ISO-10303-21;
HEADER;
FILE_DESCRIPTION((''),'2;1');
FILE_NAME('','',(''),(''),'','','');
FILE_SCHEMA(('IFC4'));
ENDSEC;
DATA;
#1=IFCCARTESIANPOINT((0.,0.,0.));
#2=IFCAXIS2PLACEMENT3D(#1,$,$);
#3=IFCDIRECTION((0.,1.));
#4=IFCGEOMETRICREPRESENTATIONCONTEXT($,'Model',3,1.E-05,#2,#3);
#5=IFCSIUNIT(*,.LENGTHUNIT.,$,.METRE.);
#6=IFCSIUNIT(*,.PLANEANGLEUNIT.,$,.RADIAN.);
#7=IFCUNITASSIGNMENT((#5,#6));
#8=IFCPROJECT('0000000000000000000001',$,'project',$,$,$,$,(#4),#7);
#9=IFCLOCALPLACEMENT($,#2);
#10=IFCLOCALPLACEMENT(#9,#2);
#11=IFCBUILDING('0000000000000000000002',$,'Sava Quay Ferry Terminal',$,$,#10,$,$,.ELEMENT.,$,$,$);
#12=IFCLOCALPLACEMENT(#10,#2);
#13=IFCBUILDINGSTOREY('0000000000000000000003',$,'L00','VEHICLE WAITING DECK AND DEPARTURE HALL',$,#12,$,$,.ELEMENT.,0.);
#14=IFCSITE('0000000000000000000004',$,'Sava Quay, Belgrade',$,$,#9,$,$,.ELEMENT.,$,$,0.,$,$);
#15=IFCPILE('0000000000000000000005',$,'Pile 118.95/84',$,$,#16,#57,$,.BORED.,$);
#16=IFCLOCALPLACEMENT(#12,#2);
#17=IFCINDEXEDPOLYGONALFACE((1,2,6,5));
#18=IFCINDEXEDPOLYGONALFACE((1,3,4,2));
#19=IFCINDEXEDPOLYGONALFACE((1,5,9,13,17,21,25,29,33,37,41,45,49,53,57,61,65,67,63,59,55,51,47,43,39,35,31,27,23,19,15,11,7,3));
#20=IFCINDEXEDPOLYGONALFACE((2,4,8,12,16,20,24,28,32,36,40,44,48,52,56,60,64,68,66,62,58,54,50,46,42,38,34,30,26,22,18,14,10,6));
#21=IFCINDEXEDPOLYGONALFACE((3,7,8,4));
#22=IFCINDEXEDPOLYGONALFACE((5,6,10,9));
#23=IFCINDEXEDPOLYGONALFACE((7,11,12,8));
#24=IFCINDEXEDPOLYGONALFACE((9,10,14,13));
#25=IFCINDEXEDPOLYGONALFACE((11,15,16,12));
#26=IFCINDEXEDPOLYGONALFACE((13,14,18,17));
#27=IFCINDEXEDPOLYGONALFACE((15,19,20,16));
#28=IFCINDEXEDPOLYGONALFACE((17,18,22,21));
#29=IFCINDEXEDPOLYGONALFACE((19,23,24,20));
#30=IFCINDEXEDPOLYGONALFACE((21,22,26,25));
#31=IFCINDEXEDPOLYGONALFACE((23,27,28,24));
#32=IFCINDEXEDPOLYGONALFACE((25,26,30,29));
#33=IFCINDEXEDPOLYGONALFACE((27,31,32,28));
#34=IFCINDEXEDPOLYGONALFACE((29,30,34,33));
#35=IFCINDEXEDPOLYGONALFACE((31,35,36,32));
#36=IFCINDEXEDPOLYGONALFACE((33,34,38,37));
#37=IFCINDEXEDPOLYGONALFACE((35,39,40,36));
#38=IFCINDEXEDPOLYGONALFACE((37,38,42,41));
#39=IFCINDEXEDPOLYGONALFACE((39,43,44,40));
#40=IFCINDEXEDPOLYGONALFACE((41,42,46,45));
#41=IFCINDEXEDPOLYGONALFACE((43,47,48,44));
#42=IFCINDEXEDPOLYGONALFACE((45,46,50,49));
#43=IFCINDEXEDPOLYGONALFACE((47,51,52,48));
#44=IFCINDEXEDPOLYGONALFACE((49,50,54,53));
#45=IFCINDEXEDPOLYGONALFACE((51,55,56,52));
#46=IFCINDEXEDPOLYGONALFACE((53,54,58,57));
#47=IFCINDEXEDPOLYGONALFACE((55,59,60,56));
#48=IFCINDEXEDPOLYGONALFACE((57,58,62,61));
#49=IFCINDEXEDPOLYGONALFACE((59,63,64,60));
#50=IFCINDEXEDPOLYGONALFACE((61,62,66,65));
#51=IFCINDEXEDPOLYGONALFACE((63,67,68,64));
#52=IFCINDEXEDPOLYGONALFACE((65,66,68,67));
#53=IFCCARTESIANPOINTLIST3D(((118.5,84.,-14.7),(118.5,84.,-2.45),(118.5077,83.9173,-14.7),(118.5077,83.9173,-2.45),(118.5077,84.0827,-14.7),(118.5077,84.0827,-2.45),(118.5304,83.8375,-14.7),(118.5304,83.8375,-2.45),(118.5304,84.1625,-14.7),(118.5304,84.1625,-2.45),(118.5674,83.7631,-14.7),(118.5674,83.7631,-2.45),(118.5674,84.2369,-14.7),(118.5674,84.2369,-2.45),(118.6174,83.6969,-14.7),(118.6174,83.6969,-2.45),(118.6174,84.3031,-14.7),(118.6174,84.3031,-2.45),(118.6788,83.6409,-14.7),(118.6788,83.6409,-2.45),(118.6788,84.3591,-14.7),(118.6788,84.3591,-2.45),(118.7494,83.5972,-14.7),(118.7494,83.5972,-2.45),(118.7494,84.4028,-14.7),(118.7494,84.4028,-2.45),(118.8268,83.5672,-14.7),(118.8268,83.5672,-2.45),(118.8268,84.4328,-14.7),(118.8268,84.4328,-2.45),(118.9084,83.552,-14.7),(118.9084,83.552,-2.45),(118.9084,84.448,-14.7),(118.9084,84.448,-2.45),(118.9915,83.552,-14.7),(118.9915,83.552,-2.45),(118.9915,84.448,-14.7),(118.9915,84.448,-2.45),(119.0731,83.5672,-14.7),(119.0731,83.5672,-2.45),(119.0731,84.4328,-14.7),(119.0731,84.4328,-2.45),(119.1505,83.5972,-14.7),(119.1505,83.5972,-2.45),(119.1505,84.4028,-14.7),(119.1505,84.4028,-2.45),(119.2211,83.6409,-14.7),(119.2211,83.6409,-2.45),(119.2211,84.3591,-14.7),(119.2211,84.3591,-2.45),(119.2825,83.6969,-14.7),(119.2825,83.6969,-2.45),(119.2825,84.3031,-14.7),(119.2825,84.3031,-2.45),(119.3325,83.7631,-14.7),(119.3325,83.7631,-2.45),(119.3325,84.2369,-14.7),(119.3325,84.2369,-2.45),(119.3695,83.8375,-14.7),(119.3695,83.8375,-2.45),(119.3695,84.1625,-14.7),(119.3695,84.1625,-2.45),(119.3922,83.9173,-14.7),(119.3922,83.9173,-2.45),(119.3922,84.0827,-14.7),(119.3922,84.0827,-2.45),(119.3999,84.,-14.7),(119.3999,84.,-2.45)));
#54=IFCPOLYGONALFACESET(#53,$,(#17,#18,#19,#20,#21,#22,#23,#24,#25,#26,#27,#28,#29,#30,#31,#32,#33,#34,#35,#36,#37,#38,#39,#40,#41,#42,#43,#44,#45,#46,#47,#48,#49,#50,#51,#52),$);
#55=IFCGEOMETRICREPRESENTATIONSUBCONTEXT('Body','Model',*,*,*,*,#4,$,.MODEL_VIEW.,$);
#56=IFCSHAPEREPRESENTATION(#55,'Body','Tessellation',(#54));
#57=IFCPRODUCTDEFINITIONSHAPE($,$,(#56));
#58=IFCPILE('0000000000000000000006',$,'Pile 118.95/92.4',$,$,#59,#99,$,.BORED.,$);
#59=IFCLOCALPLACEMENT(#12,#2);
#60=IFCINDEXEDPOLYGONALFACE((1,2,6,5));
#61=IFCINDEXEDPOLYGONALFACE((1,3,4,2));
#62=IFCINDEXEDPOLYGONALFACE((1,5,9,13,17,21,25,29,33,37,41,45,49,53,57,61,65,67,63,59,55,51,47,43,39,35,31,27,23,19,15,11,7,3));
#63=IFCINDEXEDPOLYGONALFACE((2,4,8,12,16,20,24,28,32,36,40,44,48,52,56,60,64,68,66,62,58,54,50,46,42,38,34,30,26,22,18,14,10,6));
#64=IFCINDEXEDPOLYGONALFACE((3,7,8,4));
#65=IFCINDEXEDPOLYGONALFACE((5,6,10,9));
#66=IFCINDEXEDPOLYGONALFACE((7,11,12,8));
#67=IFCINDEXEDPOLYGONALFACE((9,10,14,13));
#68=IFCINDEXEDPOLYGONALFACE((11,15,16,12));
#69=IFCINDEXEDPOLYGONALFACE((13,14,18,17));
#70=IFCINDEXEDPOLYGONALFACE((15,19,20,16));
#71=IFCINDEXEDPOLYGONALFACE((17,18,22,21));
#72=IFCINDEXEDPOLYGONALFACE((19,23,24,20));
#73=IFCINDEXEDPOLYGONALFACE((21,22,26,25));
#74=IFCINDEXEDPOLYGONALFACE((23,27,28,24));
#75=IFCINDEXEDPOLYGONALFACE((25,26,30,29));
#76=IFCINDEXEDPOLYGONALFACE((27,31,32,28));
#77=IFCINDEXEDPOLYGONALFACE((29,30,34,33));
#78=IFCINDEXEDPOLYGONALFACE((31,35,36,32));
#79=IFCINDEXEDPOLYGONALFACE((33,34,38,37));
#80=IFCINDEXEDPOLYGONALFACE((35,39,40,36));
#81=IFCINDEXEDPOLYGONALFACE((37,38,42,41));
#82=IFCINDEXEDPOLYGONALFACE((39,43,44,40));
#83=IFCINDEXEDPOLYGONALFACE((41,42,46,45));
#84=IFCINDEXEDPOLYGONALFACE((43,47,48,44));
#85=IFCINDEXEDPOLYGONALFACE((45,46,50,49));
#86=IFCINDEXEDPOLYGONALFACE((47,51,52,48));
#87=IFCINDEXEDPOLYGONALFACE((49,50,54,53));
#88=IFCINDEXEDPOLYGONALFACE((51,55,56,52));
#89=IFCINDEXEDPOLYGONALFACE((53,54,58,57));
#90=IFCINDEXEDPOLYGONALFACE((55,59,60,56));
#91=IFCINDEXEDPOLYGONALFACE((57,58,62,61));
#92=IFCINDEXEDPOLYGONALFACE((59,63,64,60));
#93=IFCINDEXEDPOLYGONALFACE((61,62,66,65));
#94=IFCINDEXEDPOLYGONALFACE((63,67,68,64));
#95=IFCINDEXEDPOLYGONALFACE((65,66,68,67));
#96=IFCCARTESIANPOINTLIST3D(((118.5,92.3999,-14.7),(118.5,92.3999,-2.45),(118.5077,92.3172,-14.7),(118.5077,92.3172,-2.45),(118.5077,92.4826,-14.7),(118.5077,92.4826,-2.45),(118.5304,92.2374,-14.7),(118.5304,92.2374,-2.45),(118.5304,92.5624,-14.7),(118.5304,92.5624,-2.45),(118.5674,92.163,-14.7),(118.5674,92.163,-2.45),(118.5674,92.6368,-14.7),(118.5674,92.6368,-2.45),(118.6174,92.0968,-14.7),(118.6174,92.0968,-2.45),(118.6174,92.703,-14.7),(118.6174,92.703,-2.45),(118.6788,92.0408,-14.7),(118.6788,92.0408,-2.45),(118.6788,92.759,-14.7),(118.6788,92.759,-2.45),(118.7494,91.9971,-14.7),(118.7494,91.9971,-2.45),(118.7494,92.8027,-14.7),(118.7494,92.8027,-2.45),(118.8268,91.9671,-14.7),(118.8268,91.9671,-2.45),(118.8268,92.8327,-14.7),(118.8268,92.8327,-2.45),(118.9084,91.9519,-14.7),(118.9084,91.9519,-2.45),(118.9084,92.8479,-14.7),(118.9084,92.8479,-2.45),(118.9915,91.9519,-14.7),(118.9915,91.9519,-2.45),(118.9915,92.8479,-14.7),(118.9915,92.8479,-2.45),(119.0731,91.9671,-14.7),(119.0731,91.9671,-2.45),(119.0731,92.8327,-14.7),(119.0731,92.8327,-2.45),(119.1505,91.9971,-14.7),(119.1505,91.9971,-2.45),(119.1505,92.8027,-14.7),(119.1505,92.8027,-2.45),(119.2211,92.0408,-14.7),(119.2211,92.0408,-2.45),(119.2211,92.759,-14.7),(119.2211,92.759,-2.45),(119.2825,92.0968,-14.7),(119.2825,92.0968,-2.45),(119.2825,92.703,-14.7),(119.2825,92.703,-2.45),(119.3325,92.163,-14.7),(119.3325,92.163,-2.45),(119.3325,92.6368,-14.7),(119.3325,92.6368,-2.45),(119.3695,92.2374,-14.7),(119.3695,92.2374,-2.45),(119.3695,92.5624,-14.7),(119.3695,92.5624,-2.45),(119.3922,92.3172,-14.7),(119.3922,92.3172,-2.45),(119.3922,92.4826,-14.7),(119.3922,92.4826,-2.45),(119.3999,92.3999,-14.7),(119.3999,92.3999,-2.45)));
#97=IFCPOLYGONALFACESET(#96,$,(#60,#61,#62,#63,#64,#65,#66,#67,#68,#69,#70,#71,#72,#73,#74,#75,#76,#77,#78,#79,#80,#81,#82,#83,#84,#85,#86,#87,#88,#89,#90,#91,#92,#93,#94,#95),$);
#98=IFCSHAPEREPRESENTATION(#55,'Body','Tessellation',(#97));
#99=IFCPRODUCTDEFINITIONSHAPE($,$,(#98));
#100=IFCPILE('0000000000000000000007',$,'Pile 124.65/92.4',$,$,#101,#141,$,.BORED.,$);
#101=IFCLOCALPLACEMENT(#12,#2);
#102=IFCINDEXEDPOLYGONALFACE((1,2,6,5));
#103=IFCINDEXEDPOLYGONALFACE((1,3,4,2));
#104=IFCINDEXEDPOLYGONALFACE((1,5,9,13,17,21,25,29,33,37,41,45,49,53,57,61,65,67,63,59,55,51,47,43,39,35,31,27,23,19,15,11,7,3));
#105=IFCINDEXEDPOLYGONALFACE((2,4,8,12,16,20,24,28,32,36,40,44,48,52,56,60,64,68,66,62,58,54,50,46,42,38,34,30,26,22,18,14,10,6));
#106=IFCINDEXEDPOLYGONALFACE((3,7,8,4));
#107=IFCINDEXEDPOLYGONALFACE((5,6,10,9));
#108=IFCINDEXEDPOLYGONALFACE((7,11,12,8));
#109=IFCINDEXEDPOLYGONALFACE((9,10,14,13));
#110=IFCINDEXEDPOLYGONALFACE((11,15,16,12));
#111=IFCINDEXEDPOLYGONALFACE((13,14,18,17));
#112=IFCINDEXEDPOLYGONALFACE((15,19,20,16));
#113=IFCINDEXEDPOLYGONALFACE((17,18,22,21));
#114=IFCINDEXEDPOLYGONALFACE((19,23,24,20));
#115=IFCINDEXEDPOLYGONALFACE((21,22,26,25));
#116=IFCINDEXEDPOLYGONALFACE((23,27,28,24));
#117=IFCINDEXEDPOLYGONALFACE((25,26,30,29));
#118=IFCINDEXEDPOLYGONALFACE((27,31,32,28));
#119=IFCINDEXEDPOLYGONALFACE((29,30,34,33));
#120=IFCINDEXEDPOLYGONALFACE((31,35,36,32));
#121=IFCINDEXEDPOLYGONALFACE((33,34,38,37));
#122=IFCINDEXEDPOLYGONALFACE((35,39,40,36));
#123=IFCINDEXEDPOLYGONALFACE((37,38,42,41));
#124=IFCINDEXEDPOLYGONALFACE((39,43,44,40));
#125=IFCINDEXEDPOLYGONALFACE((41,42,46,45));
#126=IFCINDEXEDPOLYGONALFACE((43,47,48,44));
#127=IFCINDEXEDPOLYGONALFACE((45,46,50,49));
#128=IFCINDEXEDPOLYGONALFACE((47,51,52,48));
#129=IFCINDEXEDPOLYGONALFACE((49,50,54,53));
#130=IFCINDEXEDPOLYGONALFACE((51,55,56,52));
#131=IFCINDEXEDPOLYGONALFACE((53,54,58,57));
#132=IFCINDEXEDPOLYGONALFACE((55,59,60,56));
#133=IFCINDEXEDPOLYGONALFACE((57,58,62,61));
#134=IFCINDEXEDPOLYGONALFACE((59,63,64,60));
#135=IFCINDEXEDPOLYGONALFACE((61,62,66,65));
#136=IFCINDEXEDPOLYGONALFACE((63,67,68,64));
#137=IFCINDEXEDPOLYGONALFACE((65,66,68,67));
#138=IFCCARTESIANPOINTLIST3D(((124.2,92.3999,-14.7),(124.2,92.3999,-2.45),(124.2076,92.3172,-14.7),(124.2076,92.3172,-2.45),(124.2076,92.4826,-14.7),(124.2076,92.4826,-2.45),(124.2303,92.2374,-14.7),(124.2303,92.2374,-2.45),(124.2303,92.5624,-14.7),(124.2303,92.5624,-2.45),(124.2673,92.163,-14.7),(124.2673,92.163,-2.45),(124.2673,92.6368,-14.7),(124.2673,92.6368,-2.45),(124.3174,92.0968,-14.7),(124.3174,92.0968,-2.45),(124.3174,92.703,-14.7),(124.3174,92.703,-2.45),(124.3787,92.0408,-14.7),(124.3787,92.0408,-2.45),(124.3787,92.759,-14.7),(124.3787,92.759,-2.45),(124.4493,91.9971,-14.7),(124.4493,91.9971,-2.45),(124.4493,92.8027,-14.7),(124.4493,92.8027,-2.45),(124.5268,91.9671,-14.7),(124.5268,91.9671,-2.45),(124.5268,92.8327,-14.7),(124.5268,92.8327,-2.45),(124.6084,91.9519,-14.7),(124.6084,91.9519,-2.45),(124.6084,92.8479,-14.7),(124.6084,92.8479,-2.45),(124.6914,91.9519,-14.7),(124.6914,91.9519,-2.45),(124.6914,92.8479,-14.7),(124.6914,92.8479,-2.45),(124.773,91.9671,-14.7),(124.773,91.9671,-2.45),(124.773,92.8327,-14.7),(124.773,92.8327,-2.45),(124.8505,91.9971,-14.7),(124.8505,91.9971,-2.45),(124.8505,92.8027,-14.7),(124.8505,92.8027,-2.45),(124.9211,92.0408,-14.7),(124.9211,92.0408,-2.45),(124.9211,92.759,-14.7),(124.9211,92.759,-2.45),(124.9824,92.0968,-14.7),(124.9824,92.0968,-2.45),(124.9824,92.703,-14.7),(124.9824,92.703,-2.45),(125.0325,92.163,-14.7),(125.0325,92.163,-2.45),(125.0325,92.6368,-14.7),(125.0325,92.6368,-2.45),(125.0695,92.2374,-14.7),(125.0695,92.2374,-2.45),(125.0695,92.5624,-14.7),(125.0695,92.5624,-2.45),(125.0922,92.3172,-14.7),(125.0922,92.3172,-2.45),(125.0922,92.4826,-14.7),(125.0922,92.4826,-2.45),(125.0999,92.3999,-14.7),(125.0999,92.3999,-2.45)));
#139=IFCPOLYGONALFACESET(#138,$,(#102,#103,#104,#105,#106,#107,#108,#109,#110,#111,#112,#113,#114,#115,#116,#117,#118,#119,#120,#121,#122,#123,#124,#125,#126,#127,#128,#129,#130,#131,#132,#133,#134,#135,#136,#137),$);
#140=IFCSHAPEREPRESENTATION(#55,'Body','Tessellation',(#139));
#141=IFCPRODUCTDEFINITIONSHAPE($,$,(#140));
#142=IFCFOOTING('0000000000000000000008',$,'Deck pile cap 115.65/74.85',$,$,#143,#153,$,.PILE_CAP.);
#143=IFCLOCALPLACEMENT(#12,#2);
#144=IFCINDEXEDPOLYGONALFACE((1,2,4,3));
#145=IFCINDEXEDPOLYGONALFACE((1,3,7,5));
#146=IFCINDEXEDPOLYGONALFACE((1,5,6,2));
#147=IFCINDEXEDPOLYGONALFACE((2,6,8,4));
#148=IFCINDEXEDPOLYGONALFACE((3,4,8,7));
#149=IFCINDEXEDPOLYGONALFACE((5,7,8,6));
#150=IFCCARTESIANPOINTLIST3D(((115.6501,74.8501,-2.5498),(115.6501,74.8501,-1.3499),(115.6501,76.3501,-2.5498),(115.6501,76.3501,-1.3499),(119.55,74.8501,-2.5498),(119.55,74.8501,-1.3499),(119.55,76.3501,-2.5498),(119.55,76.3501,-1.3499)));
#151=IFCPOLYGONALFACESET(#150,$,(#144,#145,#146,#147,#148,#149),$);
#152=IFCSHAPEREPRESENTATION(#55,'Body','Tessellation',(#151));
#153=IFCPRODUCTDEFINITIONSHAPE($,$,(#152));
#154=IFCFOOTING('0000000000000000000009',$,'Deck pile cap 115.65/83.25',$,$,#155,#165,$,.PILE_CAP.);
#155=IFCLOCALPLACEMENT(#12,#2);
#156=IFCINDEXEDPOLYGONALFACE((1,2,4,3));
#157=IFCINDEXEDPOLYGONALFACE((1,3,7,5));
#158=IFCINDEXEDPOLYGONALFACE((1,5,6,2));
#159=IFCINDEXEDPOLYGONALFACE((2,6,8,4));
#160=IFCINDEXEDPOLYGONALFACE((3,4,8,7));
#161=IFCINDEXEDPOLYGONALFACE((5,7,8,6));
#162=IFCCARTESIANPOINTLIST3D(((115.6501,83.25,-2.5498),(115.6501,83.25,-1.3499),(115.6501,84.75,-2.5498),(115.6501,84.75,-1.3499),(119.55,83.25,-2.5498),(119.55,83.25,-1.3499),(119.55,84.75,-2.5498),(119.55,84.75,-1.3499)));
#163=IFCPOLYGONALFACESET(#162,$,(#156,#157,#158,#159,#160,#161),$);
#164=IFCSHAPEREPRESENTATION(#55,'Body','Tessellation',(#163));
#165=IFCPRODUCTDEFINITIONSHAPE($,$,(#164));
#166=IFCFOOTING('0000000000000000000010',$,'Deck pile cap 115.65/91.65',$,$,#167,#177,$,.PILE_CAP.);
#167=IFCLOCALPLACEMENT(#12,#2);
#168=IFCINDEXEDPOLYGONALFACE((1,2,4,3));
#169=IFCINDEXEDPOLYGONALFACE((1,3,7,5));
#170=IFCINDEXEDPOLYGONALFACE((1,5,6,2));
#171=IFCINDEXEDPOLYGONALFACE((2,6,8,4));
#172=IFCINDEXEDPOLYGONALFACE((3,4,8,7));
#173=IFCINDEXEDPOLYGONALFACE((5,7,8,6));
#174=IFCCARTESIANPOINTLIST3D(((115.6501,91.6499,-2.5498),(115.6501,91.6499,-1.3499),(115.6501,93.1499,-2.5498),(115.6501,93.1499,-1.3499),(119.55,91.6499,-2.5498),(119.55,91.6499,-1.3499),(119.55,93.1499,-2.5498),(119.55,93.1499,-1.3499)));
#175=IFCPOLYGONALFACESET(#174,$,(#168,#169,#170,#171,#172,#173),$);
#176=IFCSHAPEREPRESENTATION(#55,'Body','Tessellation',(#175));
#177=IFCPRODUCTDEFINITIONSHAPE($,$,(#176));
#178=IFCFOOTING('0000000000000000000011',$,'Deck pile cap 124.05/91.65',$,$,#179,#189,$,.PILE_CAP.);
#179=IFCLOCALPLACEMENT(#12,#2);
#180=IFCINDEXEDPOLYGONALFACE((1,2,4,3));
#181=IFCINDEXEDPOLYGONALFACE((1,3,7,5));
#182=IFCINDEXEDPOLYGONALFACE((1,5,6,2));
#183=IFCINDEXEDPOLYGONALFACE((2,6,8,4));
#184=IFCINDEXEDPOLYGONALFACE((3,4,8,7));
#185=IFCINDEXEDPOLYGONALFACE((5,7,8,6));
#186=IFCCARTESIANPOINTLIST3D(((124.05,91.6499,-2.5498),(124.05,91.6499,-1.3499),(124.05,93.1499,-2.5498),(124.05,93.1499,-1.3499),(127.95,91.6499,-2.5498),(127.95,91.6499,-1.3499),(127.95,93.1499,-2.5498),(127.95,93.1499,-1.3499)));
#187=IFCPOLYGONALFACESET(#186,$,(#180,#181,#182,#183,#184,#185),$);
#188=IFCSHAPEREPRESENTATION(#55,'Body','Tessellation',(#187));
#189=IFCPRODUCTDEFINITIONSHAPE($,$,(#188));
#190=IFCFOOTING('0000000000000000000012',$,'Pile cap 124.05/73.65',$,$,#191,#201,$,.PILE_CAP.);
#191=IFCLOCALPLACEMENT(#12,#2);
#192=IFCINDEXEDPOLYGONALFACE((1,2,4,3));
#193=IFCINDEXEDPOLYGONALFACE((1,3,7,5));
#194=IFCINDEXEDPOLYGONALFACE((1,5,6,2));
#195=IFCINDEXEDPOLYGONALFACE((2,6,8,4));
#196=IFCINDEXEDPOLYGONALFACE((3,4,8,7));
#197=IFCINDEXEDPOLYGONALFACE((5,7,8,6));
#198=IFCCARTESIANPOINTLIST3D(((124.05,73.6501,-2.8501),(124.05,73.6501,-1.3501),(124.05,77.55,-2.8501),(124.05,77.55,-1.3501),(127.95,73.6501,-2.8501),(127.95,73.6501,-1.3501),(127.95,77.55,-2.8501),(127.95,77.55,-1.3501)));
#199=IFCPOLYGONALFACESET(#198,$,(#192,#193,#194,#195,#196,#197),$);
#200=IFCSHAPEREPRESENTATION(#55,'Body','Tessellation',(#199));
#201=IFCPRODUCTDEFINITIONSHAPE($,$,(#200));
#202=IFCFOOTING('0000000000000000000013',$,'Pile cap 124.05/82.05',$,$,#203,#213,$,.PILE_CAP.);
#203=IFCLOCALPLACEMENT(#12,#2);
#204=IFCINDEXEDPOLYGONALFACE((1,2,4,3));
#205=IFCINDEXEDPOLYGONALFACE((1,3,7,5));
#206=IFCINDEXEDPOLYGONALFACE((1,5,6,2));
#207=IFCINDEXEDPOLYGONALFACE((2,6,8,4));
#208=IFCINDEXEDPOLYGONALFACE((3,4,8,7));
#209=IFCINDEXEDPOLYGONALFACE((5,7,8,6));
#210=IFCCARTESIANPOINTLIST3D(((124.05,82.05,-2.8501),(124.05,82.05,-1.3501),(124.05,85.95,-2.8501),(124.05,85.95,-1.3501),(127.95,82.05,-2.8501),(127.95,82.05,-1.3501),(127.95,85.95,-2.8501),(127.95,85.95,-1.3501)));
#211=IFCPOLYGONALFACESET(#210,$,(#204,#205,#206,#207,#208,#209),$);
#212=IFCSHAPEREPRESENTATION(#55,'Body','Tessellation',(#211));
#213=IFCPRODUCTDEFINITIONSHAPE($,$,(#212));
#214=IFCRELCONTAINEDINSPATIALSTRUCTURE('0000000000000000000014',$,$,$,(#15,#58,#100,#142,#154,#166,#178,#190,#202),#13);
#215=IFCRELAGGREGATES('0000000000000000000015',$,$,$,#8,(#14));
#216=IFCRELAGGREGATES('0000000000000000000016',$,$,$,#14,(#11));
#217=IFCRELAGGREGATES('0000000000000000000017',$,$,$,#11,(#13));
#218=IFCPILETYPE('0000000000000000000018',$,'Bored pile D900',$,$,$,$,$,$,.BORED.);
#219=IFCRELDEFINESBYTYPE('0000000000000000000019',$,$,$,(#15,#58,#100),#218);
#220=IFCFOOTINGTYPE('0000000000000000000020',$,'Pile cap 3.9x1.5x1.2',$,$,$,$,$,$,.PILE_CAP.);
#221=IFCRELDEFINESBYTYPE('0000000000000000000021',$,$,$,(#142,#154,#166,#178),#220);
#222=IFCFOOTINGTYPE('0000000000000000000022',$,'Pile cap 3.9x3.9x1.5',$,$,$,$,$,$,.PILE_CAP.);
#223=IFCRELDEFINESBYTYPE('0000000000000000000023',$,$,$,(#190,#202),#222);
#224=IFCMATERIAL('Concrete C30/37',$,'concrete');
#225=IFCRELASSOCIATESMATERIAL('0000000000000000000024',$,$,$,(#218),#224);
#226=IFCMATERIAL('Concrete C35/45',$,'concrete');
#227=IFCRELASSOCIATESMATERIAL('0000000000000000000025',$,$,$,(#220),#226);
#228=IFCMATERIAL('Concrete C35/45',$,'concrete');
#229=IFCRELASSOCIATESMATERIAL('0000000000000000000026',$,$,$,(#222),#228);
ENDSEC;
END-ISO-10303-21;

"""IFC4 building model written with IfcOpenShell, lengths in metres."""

from ifc_helpers import new_model, si_unit, direction, frame, origin, origin_2d, place, context, subcontext, project, spatial, rectangle, circle, extrude, material, material_profile, profile_set, type_object, element, save


model = new_model("IFC4")

# Units and contexts
model_context = context("Model", 3, precision=1e-05, world=origin(), true_north=direction((0.0, 1.0)))
body_context = subcontext(model_context, "Body", "Model", "MODEL_VIEW")
ifc_project = project(units=[si_unit("LENGTHUNIT", "METRE"), si_unit("PLANEANGLEUNIT", "RADIAN")], contexts=[model_context])

# Site, building, storey
site_placement = place(None, origin())
site = spatial("IfcSite", under=ifc_project, at=site_placement, Name="Sava Quay, Belgrade", CompositionType="ELEMENT", RefElevation=0.0)
building_placement = place(site_placement, origin())
building = spatial("IfcBuilding", under=site, at=building_placement, Name="Sava Quay Ferry Terminal", CompositionType="ELEMENT")
storey_placement = place(building_placement, origin())
storey = spatial("IfcBuildingStorey", under=building, at=storey_placement, Name="L00", Description="VEHICLE WAITING DECK AND DEPARTURE HALL", CompositionType="ELEMENT", Elevation=0.0)

# Piles
ifc_material_1 = material(Name="Concrete C30/37", Category="concrete")
ifc_material_profile_1 = material_profile(ifc_material_1, circle(Radius=0.45, at=origin_2d()), Name="Bored pile D900")
ifc_profile_set_1 = profile_set([ifc_material_profile_1], Name="Concrete C30/37")
pile_type = type_object("IfcPileType", Name="Bored pile D900", PredefinedType="BORED", material=ifc_profile_set_1)
for number, where, z_axis, x_axis, name in (
    (1, (118.95, 84.0, -2.45), (0.0, 0.0, -1.0), (1.0, 0.0, 0.0), "Pile 118.95/84"),
    (2, (118.95, 92.3999, -2.45), (0.0, 0.0, -1.0), (1.0, 0.0, 0.0), "Pile 118.95/92.4"),
    (3, (124.6499, 92.3999, -2.45), (0.0, 0.0, -1.0), (1.0, 0.0, 0.0), "Pile 124.65/92.4"),
):
    element("IfcPile", number, at=place(storey_placement, frame(where, z_axis=z_axis, x_axis=x_axis)), inside=storey, type_object=pile_type, Name=name, PredefinedType="BORED", context=body_context, shape_type="SweptSolid", body=[
        extrude(circle(Radius=0.45, at=origin_2d()), origin(), (0.0, 0.0, 1.0), 12.25),
    ])

# Footings
ifc_material_2 = material(Name="Concrete C35/45", Category="concrete")
footing_type_1 = type_object("IfcFootingType", Name="Pile cap 3.9x1.5x1.2", PredefinedType="PILE_CAP", material=ifc_material_2)
for number, where, z_axis, x_axis, name in (
    (4, (117.6001, 75.6001, -2.5498), (0.0, 0.0, 1.0), (1.0, 0.0, 0.0), "Deck pile cap 115.65/74.85"),
    (5, (117.6001, 84.0, -2.5498), (0.0, 0.0, 1.0), (1.0, 0.0, 0.0), "Deck pile cap 115.65/83.25"),
    (6, (117.6001, 92.3999, -2.5498), (0.0, 0.0, 1.0), (1.0, 0.0, 0.0), "Deck pile cap 115.65/91.65"),
    (7, (126.0, 92.3999, -2.5498), (0.0, 0.0, 1.0), (1.0, 0.0, 0.0), "Deck pile cap 124.05/91.65"),
):
    element("IfcFooting", number, at=place(storey_placement, frame(where, z_axis=z_axis, x_axis=x_axis)), inside=storey, type_object=footing_type_1, Name=name, PredefinedType="PILE_CAP", context=body_context, shape_type="SweptSolid", body=[
        extrude(rectangle(XDim=3.8999, YDim=1.5, at=origin_2d()), origin(), (0.0, 0.0, 1.0), 1.2),
    ])
ifc_material_3 = material(Name="Concrete C35/45", Category="concrete")
footing_type_2 = type_object("IfcFootingType", Name="Pile cap 3.9x3.9x1.5", PredefinedType="PILE_CAP", material=ifc_material_3)
for number, where, z_axis, x_axis, name in (
    (8, (126.0, 75.6001, -2.8501), (0.0, 0.0, 1.0), (1.0, 0.0, 0.0), "Pile cap 124.05/73.65"),
    (9, (126.0, 84.0, -2.8501), (0.0, 0.0, 1.0), (1.0, 0.0, 0.0), "Pile cap 124.05/82.05"),
):
    element("IfcFooting", number, at=place(storey_placement, frame(where, z_axis=z_axis, x_axis=x_axis)), inside=storey, type_object=footing_type_2, Name=name, PredefinedType="PILE_CAP", context=body_context, shape_type="SweptSolid", body=[
        extrude(rectangle(XDim=3.8999, YDim=3.8999, at=origin_2d()), origin(), (0.0, 0.0, 1.0), 1.5),
    ])

save(model, "model.ifc")
